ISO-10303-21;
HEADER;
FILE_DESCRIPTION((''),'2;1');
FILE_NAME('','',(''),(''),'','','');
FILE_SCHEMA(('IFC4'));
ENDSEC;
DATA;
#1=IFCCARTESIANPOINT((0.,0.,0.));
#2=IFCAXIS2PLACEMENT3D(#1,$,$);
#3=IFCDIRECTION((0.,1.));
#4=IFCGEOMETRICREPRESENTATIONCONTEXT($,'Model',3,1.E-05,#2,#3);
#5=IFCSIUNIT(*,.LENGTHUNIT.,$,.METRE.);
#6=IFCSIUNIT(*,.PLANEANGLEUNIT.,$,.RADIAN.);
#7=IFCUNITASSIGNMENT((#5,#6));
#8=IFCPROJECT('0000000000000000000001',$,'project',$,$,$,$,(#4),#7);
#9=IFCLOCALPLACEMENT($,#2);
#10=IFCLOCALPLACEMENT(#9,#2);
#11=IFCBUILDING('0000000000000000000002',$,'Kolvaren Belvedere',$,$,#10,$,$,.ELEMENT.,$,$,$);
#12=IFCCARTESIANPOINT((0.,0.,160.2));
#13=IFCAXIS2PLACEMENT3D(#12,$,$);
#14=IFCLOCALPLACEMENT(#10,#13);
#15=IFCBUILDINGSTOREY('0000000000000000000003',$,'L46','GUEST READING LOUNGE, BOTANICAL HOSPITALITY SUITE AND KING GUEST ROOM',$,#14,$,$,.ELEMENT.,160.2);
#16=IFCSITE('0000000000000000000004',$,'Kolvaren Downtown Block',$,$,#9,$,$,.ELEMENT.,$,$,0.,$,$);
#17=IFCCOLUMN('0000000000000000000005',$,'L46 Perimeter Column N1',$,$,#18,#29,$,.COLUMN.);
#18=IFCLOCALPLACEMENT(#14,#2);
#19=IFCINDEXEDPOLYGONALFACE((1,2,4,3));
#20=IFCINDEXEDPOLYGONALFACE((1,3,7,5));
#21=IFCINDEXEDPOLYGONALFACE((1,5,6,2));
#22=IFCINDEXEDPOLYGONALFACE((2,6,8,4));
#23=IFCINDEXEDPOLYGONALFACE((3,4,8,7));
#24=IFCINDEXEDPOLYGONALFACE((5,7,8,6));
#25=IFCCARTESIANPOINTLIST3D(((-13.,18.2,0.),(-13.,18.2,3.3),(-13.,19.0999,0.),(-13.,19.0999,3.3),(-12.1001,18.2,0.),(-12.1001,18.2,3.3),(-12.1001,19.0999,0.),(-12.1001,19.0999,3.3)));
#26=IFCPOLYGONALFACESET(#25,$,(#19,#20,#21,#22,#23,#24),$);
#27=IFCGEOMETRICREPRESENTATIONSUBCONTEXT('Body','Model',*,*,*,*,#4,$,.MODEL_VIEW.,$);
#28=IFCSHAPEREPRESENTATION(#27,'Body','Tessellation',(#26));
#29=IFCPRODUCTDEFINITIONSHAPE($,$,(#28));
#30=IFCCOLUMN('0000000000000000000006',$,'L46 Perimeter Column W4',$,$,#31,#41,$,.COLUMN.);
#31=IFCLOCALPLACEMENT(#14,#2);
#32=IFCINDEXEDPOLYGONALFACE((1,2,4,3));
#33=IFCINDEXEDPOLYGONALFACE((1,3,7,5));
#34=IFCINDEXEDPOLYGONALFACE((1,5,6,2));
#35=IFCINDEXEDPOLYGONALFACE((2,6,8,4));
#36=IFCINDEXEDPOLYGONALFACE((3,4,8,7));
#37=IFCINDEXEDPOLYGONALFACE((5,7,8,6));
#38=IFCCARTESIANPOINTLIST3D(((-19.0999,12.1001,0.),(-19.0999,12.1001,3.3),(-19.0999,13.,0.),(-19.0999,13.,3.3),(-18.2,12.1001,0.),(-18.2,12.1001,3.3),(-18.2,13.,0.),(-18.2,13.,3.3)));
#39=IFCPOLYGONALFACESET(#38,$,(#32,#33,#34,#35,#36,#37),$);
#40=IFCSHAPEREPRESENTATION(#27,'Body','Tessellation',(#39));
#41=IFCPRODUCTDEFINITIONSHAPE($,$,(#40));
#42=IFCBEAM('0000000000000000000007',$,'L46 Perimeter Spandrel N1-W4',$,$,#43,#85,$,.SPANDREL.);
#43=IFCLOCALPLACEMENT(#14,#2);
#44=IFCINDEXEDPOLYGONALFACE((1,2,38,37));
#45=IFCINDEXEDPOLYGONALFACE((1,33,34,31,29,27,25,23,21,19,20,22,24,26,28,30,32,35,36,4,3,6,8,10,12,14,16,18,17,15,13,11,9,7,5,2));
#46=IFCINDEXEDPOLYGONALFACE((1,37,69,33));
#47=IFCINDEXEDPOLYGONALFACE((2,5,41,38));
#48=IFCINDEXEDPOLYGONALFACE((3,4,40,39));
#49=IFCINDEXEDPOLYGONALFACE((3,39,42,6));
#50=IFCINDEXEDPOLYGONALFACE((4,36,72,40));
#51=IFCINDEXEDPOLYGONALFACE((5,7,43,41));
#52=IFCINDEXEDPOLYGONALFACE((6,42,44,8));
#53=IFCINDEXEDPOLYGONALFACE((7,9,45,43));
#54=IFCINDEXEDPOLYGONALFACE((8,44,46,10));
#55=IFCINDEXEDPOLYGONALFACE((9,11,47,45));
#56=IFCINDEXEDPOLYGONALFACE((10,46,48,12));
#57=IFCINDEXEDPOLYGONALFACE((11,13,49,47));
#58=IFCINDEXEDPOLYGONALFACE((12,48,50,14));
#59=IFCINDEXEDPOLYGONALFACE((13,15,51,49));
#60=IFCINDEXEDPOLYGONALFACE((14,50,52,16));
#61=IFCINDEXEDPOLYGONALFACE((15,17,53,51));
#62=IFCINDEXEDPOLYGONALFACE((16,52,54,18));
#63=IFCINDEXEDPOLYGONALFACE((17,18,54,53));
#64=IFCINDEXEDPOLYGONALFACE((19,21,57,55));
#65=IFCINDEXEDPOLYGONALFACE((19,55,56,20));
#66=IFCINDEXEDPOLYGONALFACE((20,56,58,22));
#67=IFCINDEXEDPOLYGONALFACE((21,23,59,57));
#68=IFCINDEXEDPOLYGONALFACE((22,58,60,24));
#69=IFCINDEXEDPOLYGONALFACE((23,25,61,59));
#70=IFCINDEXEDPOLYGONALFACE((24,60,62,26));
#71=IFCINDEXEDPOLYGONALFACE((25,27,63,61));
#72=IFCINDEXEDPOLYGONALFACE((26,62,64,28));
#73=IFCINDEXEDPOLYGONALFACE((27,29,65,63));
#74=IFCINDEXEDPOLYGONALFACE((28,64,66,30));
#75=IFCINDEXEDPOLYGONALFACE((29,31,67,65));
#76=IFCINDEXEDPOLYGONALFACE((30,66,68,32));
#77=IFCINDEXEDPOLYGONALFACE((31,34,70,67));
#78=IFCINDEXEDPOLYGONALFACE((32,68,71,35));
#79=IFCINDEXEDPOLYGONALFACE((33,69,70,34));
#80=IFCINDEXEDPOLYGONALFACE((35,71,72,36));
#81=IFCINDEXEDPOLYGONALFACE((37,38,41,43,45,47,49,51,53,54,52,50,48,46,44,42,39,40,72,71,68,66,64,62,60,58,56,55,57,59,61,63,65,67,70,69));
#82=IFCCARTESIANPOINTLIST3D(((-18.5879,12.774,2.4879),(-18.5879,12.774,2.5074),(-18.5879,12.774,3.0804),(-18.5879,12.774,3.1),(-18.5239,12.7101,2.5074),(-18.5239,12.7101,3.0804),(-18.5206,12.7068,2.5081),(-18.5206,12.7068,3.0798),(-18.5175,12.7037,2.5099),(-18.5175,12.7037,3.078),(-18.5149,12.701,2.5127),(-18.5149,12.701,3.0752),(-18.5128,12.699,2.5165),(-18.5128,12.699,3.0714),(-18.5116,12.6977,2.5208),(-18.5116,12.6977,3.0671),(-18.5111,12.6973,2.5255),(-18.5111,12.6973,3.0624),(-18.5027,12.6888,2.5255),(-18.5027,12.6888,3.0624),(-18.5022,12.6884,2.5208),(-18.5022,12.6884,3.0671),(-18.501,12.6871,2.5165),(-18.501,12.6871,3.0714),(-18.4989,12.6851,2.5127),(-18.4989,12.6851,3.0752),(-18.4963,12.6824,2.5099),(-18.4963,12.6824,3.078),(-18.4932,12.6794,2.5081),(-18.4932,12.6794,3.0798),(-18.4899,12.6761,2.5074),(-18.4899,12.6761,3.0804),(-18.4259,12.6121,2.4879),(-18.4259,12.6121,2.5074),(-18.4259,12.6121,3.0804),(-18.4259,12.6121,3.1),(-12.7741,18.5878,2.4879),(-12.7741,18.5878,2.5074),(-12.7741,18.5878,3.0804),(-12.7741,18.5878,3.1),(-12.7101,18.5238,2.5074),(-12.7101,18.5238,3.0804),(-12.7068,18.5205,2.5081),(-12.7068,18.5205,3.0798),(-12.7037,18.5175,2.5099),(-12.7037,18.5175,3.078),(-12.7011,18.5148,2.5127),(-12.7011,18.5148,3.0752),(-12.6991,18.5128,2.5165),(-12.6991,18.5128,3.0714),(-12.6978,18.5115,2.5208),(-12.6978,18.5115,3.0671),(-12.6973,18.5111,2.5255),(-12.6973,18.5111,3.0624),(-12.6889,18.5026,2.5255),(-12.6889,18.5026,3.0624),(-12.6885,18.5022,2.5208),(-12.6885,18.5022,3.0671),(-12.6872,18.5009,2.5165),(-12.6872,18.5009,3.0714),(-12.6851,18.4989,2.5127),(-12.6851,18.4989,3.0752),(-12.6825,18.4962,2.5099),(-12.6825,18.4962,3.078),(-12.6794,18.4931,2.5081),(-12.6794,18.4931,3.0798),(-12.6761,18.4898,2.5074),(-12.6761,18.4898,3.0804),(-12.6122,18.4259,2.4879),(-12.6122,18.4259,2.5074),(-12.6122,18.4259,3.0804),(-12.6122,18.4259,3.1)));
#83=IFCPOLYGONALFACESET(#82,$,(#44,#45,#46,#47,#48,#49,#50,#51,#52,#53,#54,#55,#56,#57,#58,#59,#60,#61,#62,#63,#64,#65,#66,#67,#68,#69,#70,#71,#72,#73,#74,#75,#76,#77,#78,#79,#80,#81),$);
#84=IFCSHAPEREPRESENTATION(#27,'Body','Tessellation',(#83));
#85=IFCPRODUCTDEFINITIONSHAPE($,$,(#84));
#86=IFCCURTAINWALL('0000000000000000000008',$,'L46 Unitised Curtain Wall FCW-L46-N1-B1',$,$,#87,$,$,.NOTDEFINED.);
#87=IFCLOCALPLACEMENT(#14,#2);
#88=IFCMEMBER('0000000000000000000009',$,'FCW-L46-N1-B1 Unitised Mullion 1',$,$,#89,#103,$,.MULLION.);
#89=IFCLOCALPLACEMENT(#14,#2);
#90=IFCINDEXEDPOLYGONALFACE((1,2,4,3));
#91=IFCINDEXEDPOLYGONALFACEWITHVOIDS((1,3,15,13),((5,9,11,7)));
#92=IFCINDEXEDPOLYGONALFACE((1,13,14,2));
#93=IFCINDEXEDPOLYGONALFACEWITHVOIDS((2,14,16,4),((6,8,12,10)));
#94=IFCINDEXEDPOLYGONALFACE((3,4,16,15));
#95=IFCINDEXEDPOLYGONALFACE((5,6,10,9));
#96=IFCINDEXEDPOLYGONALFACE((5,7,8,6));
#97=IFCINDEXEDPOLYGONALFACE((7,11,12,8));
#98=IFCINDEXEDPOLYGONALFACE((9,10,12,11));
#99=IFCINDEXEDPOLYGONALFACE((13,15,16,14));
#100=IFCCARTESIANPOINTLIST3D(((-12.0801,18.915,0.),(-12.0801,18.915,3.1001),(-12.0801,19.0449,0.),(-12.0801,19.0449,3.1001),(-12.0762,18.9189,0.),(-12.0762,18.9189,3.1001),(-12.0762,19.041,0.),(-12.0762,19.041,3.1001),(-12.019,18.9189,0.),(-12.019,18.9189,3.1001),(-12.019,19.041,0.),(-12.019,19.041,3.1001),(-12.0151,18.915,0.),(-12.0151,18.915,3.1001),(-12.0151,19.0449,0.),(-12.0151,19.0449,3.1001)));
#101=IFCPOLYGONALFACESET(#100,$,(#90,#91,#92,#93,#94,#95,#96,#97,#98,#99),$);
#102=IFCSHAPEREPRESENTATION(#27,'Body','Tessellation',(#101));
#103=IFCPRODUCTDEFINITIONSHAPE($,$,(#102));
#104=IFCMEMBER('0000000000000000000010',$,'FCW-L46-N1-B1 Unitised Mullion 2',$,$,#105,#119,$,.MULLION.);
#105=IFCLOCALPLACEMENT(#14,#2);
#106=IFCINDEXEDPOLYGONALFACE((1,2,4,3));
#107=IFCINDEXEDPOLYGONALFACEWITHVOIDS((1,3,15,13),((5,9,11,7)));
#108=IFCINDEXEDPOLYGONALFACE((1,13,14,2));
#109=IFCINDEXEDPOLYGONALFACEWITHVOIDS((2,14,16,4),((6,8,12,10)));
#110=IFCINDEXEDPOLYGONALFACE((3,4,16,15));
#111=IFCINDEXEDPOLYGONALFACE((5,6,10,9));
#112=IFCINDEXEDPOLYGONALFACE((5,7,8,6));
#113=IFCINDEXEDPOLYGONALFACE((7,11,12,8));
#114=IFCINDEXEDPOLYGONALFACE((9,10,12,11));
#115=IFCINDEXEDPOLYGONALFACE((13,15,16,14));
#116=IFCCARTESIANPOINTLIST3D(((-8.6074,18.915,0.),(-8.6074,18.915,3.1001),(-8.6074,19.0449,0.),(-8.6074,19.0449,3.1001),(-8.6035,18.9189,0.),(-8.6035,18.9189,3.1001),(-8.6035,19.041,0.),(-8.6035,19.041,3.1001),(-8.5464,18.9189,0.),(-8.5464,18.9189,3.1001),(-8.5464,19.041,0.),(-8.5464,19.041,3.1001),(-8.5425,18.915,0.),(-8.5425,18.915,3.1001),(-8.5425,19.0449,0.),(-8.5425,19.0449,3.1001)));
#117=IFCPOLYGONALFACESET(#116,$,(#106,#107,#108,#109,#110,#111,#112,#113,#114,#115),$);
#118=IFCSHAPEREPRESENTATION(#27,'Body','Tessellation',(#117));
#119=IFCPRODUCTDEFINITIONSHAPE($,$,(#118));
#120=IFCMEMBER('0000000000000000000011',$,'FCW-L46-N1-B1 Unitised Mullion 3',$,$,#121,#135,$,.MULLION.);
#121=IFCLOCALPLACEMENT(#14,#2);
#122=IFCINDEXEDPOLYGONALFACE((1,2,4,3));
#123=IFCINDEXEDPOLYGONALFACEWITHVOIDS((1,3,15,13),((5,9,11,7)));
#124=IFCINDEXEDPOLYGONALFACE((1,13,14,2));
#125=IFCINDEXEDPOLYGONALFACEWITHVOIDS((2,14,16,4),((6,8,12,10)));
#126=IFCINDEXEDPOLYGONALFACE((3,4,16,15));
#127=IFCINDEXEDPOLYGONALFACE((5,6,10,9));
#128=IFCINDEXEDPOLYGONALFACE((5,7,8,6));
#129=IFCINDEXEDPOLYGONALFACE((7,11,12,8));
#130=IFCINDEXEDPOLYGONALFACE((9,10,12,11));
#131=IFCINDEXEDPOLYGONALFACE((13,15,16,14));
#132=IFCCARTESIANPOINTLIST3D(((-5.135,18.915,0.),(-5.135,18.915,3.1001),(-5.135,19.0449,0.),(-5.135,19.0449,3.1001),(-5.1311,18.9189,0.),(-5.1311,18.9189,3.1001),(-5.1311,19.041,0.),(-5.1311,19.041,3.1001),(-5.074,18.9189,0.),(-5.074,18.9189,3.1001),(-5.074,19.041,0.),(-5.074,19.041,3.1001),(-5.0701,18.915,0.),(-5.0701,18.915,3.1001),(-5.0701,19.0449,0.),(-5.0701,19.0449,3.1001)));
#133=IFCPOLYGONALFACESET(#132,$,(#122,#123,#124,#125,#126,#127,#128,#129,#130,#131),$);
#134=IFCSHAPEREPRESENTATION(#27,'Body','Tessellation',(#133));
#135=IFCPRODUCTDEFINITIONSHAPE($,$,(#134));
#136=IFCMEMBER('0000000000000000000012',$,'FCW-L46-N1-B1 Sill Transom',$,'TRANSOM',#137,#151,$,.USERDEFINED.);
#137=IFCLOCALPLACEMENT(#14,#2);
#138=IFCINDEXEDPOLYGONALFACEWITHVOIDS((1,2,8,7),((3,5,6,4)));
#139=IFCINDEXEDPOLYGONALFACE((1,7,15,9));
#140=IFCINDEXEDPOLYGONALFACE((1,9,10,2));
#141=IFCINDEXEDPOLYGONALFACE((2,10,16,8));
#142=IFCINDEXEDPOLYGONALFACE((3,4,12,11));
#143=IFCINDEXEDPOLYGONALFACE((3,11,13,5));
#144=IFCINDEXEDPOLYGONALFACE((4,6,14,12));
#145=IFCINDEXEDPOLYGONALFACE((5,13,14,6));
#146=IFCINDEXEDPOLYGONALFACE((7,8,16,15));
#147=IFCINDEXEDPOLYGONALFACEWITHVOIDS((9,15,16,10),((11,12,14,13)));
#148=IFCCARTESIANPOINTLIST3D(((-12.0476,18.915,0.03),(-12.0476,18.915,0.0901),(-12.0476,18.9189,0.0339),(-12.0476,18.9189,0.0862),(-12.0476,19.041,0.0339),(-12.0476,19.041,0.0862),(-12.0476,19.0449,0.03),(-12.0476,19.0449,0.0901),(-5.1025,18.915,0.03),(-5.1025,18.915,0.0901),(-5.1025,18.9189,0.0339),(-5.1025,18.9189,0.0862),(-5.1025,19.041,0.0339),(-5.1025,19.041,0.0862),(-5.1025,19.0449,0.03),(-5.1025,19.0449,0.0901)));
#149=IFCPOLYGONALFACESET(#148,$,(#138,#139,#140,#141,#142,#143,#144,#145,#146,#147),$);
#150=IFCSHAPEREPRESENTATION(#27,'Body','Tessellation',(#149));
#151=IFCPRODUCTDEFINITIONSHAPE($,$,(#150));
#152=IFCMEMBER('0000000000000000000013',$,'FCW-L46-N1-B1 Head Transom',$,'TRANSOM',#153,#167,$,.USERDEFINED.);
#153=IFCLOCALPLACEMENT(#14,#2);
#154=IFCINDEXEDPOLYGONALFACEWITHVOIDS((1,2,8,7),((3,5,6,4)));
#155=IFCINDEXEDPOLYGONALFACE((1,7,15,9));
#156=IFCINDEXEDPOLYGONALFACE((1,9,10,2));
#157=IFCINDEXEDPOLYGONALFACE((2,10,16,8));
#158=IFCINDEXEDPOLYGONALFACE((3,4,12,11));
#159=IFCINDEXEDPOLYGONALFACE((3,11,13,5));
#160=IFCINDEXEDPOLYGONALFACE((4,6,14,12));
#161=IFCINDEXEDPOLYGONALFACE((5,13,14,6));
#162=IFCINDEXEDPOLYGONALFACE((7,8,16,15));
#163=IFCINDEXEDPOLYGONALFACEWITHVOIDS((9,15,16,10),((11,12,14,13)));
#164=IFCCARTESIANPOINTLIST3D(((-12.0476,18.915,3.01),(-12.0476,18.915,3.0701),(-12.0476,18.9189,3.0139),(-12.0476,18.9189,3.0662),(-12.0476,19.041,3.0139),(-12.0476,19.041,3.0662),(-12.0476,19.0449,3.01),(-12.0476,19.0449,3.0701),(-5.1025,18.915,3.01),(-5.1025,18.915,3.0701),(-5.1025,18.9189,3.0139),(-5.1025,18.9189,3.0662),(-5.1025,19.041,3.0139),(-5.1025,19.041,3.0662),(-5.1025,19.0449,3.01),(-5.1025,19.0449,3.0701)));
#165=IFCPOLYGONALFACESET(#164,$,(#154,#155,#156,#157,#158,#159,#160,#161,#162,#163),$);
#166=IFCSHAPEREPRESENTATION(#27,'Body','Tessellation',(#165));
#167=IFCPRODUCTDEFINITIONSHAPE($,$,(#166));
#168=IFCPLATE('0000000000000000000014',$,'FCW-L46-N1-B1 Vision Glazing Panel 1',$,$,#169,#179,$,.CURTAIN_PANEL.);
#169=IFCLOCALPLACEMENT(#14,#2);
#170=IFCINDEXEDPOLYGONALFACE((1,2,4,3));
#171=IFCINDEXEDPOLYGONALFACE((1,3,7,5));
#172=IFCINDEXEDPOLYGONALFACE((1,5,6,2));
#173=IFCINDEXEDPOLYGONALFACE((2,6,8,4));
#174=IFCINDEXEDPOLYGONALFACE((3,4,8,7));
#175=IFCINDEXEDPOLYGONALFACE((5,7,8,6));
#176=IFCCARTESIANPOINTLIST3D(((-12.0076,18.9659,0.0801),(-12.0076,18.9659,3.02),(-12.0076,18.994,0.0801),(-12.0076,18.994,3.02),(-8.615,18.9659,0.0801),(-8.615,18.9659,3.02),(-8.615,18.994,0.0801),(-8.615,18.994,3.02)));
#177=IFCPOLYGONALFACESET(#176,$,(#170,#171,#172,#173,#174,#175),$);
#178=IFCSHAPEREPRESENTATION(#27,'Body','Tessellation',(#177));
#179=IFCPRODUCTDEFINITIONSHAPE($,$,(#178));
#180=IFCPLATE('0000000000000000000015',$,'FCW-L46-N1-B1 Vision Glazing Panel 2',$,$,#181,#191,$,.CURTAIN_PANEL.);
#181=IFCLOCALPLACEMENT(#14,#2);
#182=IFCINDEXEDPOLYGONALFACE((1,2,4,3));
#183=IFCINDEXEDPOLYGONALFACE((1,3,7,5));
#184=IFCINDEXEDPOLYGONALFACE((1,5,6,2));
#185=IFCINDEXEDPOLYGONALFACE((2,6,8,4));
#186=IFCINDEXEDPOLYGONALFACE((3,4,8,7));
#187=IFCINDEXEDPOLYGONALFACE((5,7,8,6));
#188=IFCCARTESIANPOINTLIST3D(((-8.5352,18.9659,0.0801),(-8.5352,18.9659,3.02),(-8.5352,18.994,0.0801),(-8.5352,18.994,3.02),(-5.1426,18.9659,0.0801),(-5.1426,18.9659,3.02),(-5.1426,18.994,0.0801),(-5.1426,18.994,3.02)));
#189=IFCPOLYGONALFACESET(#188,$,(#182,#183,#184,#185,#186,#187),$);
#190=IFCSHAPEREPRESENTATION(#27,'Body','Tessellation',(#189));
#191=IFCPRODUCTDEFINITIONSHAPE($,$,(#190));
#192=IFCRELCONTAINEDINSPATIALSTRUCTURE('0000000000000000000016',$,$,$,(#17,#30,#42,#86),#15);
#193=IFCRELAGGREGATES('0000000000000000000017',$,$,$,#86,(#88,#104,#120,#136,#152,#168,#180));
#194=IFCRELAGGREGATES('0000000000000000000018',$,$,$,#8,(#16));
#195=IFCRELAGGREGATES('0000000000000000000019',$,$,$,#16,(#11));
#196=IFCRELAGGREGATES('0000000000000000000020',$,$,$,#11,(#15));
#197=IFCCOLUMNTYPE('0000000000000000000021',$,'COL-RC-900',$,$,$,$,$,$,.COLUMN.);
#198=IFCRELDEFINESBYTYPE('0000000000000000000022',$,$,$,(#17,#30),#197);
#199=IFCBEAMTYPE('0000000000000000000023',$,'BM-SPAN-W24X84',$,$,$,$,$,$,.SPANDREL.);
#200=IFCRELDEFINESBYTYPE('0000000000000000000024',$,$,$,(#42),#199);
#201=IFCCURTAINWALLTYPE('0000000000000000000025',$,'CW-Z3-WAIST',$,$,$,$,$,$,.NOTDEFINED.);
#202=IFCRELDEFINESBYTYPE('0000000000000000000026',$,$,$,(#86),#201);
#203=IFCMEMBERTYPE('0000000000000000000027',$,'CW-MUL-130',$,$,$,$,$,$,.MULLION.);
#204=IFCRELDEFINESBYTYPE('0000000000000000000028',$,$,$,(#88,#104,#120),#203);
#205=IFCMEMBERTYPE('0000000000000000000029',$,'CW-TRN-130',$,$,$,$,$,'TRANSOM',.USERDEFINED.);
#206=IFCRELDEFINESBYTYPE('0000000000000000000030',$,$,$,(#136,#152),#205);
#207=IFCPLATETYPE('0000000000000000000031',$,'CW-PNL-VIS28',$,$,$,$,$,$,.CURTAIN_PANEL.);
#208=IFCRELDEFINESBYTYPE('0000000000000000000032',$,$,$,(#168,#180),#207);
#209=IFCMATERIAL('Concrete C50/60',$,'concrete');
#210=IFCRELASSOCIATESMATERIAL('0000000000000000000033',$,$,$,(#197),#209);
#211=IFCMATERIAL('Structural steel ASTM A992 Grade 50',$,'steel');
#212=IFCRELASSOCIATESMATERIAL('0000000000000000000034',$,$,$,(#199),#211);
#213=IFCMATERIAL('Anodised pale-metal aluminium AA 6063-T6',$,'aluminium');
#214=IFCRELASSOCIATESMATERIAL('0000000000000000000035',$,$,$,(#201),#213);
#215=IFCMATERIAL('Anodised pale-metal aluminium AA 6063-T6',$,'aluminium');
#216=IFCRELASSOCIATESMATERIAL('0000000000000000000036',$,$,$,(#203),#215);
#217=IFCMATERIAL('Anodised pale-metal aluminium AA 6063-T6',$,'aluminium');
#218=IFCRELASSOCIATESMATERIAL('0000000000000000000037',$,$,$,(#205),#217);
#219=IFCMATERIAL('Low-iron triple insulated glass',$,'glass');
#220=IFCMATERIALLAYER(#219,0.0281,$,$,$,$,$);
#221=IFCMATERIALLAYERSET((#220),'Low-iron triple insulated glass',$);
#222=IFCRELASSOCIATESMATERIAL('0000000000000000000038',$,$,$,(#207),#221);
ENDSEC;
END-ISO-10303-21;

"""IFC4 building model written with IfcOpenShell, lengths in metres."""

from ifc_helpers import new_model, si_unit, direction, frame, origin, origin_2d, place, context, subcontext, project, spatial, rectangle, hollow_rectangle, i_section, extrude, material, layer, layer_set, material_profile, profile_set, type_object, element, aggregate, save


model = new_model("IFC4")

# Units and contexts
model_context = context("Model", 3, precision=1e-05, world=origin(), true_north=direction((0.0, 1.0)))
body_context = subcontext(model_context, "Body", "Model", "MODEL_VIEW")
ifc_project = project(units=[si_unit("LENGTHUNIT", "METRE"), si_unit("PLANEANGLEUNIT", "RADIAN")], contexts=[model_context])

# Site, building, storey
site_placement = place(None, origin())
site = spatial("IfcSite", under=ifc_project, at=site_placement, Name="Kolvaren Downtown Block", CompositionType="ELEMENT", RefElevation=0.0)
building_placement = place(site_placement, origin())
building = spatial("IfcBuilding", under=site, at=building_placement, Name="Kolvaren Belvedere", CompositionType="ELEMENT")
storey_placement = place(building_placement, frame((0.0, 0.0, 160.2)))
storey = spatial("IfcBuildingStorey", under=building, at=storey_placement, Name="L46", Description="GUEST READING LOUNGE, BOTANICAL HOSPITALITY SUITE AND KING GUEST ROOM", CompositionType="ELEMENT", Elevation=160.2)

# Columns
ifc_material_1 = material(Name="Concrete C50/60", Category="concrete")
ifc_material_profile_1 = material_profile(ifc_material_1, rectangle(XDim=0.8999, YDim=0.8999, at=origin_2d()), Name="RC 900X900")
ifc_profile_set_1 = profile_set([ifc_material_profile_1], Name="Concrete C50/60")
column_type = type_object("IfcColumnType", Name="COL-RC-900", PredefinedType="COLUMN", material=ifc_profile_set_1)
for number, where, z_axis, x_axis, name in (
    (1, (-12.55, 18.6499, 0.0), (0.0, 0.0, 1.0), (1.0, 0.0, 0.0), "L46 Perimeter Column N1"),
    (2, (-18.6499, 12.55, 0.0), (0.0, 0.0, 1.0), (1.0, 0.0, 0.0), "L46 Perimeter Column W4"),
):
    element("IfcColumn", number, at=place(storey_placement, frame(where, z_axis=z_axis, x_axis=x_axis)), inside=storey, type_object=column_type, Name=name, PredefinedType="COLUMN", context=body_context, shape_type="SweptSolid", body=[
        extrude(rectangle(XDim=0.8999, YDim=0.8999, at=origin_2d()), origin(), (0.0, 0.0, 1.0), 3.3),
    ])

# Beam
ifc_material_2 = material(Name="Structural steel ASTM A992 Grade 50", Category="steel")
ifc_material_profile_2 = material_profile(ifc_material_2, i_section(OverallWidth=0.229, OverallDepth=0.6121, WebThickness=0.012, FlangeThickness=0.0195, FilletRadius=0.0181, at=origin_2d()), Name="W24X84")
ifc_profile_set_2 = profile_set([ifc_material_profile_2], Name="Structural steel ASTM A992 Grade 50")
beam_type = type_object("IfcBeamType", Name="BM-SPAN-W24X84", PredefinedType="SPANDREL", material=ifc_profile_set_2)
beam_placement = place(storey_placement, frame((-12.6931, 18.5068, 2.7939), z_axis=(-0.707107, -0.707107, 0.0), x_axis=(0.707107, -0.707107, 0.0)))
element("IfcBeam", 3, at=beam_placement, inside=storey, type_object=beam_type, Name="L46 Perimeter Spandrel N1-W4", PredefinedType="SPANDREL", context=body_context, shape_type="SweptSolid", body=[
    extrude(i_section(OverallWidth=0.229, OverallDepth=0.6121, WebThickness=0.012, FlangeThickness=0.0195, FilletRadius=0.0181, at=origin_2d()), origin(), (0.0, 0.0, 1.0), 8.2219),
])

# Curtain wall, members, plates
ifc_material_3 = material(Name="Anodised pale-metal aluminium AA 6063-T6", Category="aluminium")
curtain_wall_type = type_object("IfcCurtainWallType", Name="CW-Z3-WAIST", PredefinedType="NOTDEFINED", material=ifc_material_3)
curtain_wall_placement = place(storey_placement, origin())
curtain_wall = element("IfcCurtainWall", 4, at=curtain_wall_placement, inside=storey, type_object=curtain_wall_type, Name="L46 Unitised Curtain Wall FCW-L46-N1-B1", PredefinedType="NOTDEFINED")
ifc_material_4 = material(Name="Anodised pale-metal aluminium AA 6063-T6", Category="aluminium")
ifc_material_profile_3 = material_profile(ifc_material_4, hollow_rectangle(XDim=0.0649, YDim=0.1299, WallThickness=0.0039, at=origin_2d()), Name="ALU-MUL-130X65")
ifc_profile_set_3 = profile_set([ifc_material_profile_3], Name="Anodised pale-metal aluminium AA 6063-T6")
member_type_1 = type_object("IfcMemberType", Name="CW-MUL-130", PredefinedType="MULLION", material=ifc_profile_set_3)
member_1_placement = place(storey_placement, frame((-12.0476, 18.98, 0.0), z_axis=(0.0, 0.0, 1.0), x_axis=(1.0, 0.0, 0.0)))
member_1 = element("IfcMember", 5, at=member_1_placement, type_object=member_type_1, Name="FCW-L46-N1-B1 Unitised Mullion 1", PredefinedType="MULLION", context=body_context, shape_type="SweptSolid", body=[
    extrude(hollow_rectangle(XDim=0.0649, YDim=0.1299, WallThickness=0.0039, at=origin_2d()), origin(), (0.0, 0.0, 1.0), 3.1001),
])
member_2_placement = place(storey_placement, frame((-8.575, 18.98, 0.0), z_axis=(0.0, 0.0, 1.0), x_axis=(1.0, 0.0, 0.0)))
member_2 = element("IfcMember", 6, at=member_2_placement, type_object=member_type_1, Name="FCW-L46-N1-B1 Unitised Mullion 2", PredefinedType="MULLION", context=body_context, shape_type="SweptSolid", body=[
    extrude(hollow_rectangle(XDim=0.0649, YDim=0.1299, WallThickness=0.0039, at=origin_2d()), origin(), (0.0, 0.0, 1.0), 3.1001),
])
member_3_placement = place(storey_placement, frame((-5.1025, 18.98, 0.0), z_axis=(0.0, 0.0, 1.0), x_axis=(1.0, 0.0, 0.0)))
member_3 = element("IfcMember", 7, at=member_3_placement, type_object=member_type_1, Name="FCW-L46-N1-B1 Unitised Mullion 3", PredefinedType="MULLION", context=body_context, shape_type="SweptSolid", body=[
    extrude(hollow_rectangle(XDim=0.0649, YDim=0.1299, WallThickness=0.0039, at=origin_2d()), origin(), (0.0, 0.0, 1.0), 3.1001),
])
ifc_material_5 = material(Name="Anodised pale-metal aluminium AA 6063-T6", Category="aluminium")
ifc_material_profile_4 = material_profile(ifc_material_5, hollow_rectangle(XDim=0.0601, YDim=0.1299, WallThickness=0.0039, at=origin_2d()), Name="ALU-TRN-130X60")
ifc_profile_set_4 = profile_set([ifc_material_profile_4], Name="Anodised pale-metal aluminium AA 6063-T6")
member_type_2 = type_object("IfcMemberType", Name="CW-TRN-130", ElementType="TRANSOM", PredefinedType="USERDEFINED", material=ifc_profile_set_4)
member_4_placement = place(storey_placement, frame((-12.0476, 18.98, 0.0601), z_axis=(1.0, 0.0, 0.0), x_axis=(0.0, 0.0, 1.0)))
member_4 = element("IfcMember", 8, at=member_4_placement, type_object=member_type_2, Name="FCW-L46-N1-B1 Sill Transom", ObjectType="TRANSOM", PredefinedType="USERDEFINED", context=body_context, shape_type="SweptSolid", body=[
    extrude(hollow_rectangle(XDim=0.0601, YDim=0.1299, WallThickness=0.0039, at=origin_2d()), origin(), (0.0, 0.0, 1.0), 6.9451),
])
member_5_placement = place(storey_placement, frame((-12.0476, 18.98, 3.04), z_axis=(1.0, 0.0, 0.0), x_axis=(0.0, 0.0, 1.0)))
member_5 = element("IfcMember", 9, at=member_5_placement, type_object=member_type_2, Name="FCW-L46-N1-B1 Head Transom", ObjectType="TRANSOM", PredefinedType="USERDEFINED", context=body_context, shape_type="SweptSolid", body=[
    extrude(hollow_rectangle(XDim=0.0601, YDim=0.1299, WallThickness=0.0039, at=origin_2d()), origin(), (0.0, 0.0, 1.0), 6.9451),
])
ifc_material_6 = material(Name="Low-iron triple insulated glass", Category="glass")
ifc_layer_1 = layer(ifc_material_6, 0.0281)
ifc_layer_set_1 = layer_set([ifc_layer_1], Name="Low-iron triple insulated glass")
plate_type_1 = type_object("IfcPlateType", Name="CW-PNL-VIS28", PredefinedType="CURTAIN_PANEL", material=ifc_layer_set_1)
plate_1_placement = place(storey_placement, frame((-10.3113, 18.98, 0.0801), z_axis=(0.0, 0.0, 1.0), x_axis=(1.0, 0.0, 0.0)))
plate_1 = element("IfcPlate", 10, at=plate_1_placement, type_object=plate_type_1, Name="FCW-L46-N1-B1 Vision Glazing Panel 1", PredefinedType="CURTAIN_PANEL", context=body_context, shape_type="SweptSolid", body=[
    extrude(rectangle(XDim=3.3926, YDim=0.0281, at=origin_2d()), origin(), (0.0, 0.0, 1.0), 2.9399),
])
plate_2_placement = place(storey_placement, frame((-6.8389, 18.98, 0.0801), z_axis=(0.0, 0.0, 1.0), x_axis=(1.0, 0.0, 0.0)))
plate_2 = element("IfcPlate", 11, at=plate_2_placement, type_object=plate_type_1, Name="FCW-L46-N1-B1 Vision Glazing Panel 2", PredefinedType="CURTAIN_PANEL", context=body_context, shape_type="SweptSolid", body=[
    extrude(rectangle(XDim=3.3926, YDim=0.0281, at=origin_2d()), origin(), (0.0, 0.0, 1.0), 2.9399),
])
aggregate(curtain_wall, [member_1, member_2, member_3, member_4, member_5, plate_1, plate_2])

save(model, "model.ifc")
